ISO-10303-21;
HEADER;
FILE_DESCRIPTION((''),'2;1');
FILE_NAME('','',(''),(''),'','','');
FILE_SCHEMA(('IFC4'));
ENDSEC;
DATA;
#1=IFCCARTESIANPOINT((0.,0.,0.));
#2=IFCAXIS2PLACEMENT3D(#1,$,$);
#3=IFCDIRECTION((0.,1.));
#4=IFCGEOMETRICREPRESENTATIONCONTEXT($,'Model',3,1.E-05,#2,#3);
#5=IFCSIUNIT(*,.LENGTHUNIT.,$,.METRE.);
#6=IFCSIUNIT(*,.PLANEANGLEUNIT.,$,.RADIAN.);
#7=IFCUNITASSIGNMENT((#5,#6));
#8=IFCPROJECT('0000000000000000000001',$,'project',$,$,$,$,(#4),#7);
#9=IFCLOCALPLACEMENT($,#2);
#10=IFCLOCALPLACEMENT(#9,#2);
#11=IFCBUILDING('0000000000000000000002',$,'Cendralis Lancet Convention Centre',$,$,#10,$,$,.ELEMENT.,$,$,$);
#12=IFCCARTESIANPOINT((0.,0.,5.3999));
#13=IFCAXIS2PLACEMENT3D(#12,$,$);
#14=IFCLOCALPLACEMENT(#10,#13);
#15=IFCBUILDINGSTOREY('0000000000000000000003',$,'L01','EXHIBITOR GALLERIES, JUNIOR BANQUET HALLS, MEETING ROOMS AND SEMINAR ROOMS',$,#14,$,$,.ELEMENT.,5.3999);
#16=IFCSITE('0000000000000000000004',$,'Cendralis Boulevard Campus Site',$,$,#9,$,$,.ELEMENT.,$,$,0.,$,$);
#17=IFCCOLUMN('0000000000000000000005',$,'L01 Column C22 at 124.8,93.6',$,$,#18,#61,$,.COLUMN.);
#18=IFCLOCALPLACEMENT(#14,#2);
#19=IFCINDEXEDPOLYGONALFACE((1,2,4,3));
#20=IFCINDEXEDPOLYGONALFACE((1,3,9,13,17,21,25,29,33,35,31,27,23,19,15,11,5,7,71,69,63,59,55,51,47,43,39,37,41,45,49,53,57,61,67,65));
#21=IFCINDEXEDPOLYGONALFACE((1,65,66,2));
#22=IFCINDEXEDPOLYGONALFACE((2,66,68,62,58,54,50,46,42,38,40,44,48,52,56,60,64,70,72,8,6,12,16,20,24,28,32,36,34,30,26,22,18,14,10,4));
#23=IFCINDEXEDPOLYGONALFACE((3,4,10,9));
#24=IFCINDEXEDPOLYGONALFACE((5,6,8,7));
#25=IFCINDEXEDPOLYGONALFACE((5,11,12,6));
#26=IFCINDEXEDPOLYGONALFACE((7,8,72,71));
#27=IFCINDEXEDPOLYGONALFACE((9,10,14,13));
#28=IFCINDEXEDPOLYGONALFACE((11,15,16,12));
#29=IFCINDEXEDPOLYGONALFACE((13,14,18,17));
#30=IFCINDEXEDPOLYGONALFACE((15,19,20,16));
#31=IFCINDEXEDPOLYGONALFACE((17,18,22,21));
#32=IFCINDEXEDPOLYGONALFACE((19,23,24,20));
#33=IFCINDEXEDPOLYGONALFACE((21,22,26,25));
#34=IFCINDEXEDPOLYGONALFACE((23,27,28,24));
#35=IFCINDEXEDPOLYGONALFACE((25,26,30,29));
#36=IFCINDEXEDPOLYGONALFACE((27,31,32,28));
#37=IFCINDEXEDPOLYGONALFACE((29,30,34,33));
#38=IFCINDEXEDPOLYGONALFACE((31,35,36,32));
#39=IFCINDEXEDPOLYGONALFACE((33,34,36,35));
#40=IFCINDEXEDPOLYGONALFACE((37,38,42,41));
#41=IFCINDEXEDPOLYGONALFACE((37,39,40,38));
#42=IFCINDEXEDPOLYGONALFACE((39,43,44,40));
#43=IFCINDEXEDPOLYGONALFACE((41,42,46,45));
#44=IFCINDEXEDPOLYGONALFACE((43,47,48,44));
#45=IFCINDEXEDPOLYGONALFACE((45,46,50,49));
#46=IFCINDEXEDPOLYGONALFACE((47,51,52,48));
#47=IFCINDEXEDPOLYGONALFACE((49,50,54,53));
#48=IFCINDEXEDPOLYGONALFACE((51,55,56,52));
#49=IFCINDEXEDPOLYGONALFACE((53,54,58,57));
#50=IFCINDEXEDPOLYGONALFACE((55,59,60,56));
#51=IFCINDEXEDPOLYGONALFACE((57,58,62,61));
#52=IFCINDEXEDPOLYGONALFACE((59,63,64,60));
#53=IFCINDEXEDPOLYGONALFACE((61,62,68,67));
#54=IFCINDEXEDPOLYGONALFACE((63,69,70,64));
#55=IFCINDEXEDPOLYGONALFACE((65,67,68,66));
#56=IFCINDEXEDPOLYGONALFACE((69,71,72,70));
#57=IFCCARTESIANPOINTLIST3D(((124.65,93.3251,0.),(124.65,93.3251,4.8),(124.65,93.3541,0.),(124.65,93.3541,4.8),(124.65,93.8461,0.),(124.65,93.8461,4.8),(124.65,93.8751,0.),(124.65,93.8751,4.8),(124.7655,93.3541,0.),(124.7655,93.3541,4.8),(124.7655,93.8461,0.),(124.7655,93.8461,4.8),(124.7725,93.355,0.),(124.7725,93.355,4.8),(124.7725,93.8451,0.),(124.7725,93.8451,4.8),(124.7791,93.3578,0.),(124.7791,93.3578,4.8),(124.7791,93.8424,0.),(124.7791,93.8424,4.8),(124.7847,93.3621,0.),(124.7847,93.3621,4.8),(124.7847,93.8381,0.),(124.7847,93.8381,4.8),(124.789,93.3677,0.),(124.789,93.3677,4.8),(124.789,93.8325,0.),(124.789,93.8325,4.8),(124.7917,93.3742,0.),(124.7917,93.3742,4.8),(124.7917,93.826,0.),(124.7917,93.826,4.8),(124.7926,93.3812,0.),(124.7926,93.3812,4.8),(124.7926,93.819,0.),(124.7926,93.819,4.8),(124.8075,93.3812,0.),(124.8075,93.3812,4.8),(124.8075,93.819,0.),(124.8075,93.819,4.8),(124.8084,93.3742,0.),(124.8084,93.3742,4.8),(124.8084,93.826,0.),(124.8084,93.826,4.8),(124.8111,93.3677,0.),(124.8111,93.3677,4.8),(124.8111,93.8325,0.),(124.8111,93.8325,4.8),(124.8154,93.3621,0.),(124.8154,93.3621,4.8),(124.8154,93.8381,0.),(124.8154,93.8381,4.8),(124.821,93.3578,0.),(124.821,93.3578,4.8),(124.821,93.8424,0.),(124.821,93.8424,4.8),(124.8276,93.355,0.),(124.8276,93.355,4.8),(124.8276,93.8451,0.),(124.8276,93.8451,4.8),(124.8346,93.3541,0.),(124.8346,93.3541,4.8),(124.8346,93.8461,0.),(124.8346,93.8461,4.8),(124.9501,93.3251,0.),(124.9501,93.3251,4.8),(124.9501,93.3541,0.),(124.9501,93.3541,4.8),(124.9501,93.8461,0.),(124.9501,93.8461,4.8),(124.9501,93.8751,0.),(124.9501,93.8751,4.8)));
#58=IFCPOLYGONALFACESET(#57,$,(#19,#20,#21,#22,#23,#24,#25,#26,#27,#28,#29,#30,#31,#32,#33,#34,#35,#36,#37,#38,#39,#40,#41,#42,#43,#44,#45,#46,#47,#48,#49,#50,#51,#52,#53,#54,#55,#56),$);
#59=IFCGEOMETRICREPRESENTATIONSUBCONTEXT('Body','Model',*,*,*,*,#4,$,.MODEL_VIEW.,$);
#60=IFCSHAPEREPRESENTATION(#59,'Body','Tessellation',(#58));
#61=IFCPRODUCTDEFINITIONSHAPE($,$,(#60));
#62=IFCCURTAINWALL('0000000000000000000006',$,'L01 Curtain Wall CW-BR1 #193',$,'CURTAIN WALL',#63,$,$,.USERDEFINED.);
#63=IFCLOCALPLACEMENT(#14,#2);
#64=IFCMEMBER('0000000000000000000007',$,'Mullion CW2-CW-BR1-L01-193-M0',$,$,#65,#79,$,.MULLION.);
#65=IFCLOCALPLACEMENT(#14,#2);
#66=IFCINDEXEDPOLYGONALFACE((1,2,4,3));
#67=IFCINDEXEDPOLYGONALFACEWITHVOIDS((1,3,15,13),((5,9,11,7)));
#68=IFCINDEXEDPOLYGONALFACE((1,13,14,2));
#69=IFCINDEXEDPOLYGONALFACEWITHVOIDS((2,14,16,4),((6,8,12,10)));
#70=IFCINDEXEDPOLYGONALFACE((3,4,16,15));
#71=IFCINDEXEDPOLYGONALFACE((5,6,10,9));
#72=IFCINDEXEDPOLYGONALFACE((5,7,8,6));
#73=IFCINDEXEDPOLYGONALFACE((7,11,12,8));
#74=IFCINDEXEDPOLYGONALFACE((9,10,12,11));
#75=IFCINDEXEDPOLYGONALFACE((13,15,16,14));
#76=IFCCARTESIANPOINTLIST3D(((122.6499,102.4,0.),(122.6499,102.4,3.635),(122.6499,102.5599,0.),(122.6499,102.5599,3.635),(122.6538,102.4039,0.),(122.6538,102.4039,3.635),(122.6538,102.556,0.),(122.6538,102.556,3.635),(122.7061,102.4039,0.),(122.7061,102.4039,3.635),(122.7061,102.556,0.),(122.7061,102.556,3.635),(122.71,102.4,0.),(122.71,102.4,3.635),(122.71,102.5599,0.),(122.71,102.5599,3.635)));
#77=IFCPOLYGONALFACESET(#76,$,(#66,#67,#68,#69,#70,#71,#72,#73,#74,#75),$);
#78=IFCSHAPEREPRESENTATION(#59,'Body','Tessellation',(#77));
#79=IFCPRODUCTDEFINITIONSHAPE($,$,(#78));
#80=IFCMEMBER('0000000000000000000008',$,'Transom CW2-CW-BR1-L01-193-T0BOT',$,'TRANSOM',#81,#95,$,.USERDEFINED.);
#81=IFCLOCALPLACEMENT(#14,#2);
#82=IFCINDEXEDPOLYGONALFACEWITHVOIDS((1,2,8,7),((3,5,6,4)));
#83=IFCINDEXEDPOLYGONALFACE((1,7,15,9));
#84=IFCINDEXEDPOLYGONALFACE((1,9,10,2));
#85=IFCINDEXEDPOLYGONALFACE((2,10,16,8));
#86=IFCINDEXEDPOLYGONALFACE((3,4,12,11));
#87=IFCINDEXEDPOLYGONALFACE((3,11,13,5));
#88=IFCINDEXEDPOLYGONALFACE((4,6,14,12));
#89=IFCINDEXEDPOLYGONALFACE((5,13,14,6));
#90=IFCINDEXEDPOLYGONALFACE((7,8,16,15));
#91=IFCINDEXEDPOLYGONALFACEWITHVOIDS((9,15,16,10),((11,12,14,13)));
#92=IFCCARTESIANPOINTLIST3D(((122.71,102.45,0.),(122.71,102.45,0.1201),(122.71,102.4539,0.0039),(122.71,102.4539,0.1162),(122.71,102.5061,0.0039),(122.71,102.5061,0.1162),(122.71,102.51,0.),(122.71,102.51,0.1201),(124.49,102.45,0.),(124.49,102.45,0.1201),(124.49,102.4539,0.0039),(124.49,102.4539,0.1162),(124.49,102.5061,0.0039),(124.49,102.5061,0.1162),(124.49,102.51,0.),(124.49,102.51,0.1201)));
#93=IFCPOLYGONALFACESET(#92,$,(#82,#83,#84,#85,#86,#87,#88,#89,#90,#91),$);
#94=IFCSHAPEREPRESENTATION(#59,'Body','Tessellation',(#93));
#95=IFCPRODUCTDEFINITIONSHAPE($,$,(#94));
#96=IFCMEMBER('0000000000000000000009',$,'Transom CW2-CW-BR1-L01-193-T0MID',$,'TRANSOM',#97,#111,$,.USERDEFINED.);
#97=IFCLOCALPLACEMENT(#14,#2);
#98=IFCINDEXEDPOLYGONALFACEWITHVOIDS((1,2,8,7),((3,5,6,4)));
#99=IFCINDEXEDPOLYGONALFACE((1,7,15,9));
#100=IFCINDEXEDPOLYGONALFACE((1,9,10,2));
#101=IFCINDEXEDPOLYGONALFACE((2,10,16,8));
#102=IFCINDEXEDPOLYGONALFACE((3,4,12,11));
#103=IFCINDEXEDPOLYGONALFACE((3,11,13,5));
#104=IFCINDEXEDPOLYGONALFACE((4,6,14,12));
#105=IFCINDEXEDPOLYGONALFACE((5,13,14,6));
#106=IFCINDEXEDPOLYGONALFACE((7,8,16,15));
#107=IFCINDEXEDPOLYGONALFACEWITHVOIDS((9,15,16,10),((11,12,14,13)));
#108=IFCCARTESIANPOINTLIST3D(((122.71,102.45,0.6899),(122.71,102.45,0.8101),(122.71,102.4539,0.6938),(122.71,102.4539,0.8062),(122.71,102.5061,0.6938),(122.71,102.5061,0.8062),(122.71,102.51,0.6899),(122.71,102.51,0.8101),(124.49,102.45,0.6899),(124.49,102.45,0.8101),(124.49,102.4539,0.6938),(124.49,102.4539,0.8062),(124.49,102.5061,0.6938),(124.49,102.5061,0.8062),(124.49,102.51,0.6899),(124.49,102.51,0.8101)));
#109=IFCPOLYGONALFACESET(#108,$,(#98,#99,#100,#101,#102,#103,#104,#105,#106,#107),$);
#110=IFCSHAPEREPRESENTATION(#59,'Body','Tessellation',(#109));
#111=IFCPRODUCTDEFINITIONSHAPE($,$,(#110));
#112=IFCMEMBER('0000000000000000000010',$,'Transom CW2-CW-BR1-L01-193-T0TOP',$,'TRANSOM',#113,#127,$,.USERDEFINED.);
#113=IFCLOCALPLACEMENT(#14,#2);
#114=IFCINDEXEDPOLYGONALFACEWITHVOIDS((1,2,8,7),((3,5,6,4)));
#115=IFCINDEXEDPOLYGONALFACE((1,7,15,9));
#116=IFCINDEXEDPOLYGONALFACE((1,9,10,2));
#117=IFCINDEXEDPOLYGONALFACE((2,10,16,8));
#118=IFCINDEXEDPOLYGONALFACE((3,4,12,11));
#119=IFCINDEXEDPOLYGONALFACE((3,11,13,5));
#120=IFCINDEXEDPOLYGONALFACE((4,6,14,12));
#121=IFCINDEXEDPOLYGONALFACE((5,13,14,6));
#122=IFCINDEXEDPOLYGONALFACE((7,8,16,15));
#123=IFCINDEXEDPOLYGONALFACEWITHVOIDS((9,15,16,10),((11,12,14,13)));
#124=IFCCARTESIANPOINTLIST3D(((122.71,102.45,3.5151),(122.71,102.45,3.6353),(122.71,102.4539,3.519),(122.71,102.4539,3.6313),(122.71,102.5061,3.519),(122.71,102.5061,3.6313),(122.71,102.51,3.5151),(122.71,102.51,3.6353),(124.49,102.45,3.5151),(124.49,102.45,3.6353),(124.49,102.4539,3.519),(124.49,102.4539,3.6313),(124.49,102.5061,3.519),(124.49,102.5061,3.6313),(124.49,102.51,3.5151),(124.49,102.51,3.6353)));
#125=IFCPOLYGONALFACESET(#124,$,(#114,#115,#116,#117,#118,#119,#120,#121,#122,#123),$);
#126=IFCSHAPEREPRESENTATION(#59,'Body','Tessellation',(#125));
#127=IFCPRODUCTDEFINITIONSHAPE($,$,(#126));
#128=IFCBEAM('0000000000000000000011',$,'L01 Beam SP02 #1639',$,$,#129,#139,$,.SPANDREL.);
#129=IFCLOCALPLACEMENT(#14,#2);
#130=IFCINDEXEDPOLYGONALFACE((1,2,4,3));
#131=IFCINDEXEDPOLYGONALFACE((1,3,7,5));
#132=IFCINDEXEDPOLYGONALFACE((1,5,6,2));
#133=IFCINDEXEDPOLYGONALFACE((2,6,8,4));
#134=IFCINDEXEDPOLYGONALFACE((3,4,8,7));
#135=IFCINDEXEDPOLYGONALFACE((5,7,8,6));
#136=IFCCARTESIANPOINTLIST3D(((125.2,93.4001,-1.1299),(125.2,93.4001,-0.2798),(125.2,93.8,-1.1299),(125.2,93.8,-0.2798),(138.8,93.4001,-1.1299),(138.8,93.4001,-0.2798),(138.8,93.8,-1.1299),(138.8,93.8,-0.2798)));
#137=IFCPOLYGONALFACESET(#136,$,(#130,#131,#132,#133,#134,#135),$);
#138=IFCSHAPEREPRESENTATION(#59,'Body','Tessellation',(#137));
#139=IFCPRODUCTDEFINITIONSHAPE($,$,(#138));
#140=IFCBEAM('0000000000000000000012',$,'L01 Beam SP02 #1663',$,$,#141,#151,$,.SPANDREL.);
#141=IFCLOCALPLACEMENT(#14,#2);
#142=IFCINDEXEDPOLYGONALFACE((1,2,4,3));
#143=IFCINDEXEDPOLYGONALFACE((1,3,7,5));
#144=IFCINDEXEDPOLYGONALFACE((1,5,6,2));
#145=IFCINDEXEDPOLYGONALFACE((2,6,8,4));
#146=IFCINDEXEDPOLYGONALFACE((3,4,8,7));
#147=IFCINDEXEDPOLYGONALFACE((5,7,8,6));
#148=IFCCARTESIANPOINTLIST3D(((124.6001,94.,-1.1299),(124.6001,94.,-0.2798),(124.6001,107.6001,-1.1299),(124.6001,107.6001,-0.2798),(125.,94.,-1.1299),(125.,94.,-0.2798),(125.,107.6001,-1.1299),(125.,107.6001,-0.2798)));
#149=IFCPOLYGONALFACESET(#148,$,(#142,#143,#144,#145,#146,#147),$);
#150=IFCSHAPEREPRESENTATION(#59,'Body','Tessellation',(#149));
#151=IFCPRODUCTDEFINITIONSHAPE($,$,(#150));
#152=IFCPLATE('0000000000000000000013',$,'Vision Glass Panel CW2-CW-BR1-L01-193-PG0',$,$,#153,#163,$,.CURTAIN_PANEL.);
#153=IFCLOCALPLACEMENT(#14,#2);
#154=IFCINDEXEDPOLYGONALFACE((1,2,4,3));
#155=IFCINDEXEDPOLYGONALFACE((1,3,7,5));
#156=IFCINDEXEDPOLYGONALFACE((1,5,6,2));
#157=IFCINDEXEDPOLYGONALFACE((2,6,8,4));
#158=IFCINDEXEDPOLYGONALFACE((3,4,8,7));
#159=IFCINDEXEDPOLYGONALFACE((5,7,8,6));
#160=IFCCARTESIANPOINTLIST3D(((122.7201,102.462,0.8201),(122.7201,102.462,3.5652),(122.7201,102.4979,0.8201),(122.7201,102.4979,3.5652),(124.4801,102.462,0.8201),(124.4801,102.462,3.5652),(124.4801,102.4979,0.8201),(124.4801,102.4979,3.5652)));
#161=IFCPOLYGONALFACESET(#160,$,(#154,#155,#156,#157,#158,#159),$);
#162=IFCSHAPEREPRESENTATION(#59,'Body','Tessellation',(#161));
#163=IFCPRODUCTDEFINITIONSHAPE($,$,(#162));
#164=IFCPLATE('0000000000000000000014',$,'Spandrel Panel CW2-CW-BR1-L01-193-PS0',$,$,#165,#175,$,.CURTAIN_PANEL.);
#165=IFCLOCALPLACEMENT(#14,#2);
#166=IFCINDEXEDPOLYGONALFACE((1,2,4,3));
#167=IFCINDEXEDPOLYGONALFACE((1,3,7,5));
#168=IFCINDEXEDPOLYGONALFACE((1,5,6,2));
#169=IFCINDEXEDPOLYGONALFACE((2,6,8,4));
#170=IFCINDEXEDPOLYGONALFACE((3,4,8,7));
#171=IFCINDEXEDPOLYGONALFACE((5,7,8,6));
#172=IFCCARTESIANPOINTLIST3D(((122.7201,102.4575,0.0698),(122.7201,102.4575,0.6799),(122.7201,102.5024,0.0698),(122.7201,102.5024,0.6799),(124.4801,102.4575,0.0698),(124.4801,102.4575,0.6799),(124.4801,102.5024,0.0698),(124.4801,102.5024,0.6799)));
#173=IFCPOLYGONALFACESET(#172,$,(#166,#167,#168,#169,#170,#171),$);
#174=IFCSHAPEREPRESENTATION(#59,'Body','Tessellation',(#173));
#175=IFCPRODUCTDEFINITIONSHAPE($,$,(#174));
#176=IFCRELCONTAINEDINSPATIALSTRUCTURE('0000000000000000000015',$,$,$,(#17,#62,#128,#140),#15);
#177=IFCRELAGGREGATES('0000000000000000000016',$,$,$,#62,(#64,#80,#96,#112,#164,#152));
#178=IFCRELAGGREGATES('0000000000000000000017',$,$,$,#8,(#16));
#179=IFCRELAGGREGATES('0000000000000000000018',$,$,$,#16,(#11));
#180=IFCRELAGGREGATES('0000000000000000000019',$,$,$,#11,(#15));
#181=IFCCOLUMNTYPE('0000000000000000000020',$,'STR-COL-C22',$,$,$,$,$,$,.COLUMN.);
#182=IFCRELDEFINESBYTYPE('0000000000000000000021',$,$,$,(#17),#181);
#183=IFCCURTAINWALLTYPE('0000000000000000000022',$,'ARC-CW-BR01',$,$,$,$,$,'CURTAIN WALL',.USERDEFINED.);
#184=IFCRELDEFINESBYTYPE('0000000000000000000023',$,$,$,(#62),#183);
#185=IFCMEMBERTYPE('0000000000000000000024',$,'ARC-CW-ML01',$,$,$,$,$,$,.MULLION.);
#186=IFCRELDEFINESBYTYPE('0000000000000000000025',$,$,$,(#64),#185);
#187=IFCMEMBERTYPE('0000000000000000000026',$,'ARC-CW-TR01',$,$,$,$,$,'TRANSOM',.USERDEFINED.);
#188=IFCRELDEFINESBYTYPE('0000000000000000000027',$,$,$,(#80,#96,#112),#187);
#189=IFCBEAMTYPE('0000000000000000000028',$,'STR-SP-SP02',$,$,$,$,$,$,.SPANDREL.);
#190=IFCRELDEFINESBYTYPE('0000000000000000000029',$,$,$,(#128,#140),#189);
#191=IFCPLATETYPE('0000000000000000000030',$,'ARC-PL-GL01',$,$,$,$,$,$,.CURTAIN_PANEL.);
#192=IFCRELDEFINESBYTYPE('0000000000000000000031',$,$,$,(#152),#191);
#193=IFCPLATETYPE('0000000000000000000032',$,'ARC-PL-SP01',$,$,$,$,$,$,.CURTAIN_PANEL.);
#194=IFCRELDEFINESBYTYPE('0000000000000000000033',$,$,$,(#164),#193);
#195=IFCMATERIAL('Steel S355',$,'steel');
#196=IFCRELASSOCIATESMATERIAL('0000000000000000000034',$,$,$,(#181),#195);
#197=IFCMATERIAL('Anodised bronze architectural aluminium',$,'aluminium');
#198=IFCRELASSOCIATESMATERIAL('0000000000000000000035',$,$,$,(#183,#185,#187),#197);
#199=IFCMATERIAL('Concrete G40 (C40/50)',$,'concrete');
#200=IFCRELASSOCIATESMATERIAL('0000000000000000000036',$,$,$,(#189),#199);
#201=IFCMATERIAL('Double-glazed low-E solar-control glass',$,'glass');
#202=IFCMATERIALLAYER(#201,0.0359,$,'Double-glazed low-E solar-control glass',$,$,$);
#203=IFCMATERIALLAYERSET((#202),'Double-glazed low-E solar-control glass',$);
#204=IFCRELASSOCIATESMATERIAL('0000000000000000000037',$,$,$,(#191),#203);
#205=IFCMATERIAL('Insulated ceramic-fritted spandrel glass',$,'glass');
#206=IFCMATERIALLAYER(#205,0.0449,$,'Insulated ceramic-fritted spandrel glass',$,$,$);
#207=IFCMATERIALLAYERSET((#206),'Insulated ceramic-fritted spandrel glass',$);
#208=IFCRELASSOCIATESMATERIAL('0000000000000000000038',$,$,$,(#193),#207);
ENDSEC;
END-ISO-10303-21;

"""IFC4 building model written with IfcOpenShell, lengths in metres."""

from ifc_helpers import new_model, si_unit, direction, frame, origin, origin_2d, place, context, subcontext, project, spatial, rectangle, hollow_rectangle, i_section, extrude, material, layer, layer_set, material_profile, profile_set, type_object, element, aggregate, save


model = new_model("IFC4")

# Units and contexts
model_context = context("Model", 3, precision=1e-05, world=origin(), true_north=direction((0.0, 1.0)))
body_context = subcontext(model_context, "Body", "Model", "MODEL_VIEW")
ifc_project = project(units=[si_unit("LENGTHUNIT", "METRE"), si_unit("PLANEANGLEUNIT", "RADIAN")], contexts=[model_context])

# Site, building, storey
site_placement = place(None, origin())
site = spatial("IfcSite", under=ifc_project, at=site_placement, Name="Cendralis Boulevard Campus Site", CompositionType="ELEMENT", RefElevation=0.0)
building_placement = place(site_placement, origin())
building = spatial("IfcBuilding", under=site, at=building_placement, Name="Cendralis Lancet Convention Centre", CompositionType="ELEMENT")
storey_placement = place(building_placement, frame((0.0, 0.0, 5.3999)))
storey = spatial("IfcBuildingStorey", under=building, at=storey_placement, Name="L01", Description="EXHIBITOR GALLERIES, JUNIOR BANQUET HALLS, MEETING ROOMS AND SEMINAR ROOMS", CompositionType="ELEMENT", Elevation=5.3999)

# Column
ifc_material_1 = material(Name="Steel S355", Category="steel")
ifc_material_profile_1 = material_profile(ifc_material_1, i_section(OverallWidth=0.3, OverallDepth=0.55, WebThickness=0.0149, FlangeThickness=0.0291, FilletRadius=0.0271, at=origin_2d()), Name="HEB 550")
ifc_profile_set_1 = profile_set([ifc_material_profile_1], Name="Steel S355")
column_type = type_object("IfcColumnType", Name="STR-COL-C22", PredefinedType="COLUMN", material=ifc_profile_set_1)
column_placement = place(storey_placement, frame((124.8, 93.6001, 0.0), z_axis=(0.0, 0.0, 1.0), x_axis=(1.0, 0.0, 0.0)))
element("IfcColumn", 1, at=column_placement, inside=storey, type_object=column_type, Name="L01 Column C22 at 124.8,93.6", PredefinedType="COLUMN", context=body_context, shape_type="SweptSolid", body=[
    extrude(i_section(OverallWidth=0.3, OverallDepth=0.55, WebThickness=0.0149, FlangeThickness=0.0291, FilletRadius=0.0271, at=origin_2d()), origin(), (0.0, 0.0, 1.0), 4.8),
])

# Curtain wall, members
ifc_material_2 = material(Name="Anodised bronze architectural aluminium", Category="aluminium")
curtain_wall_type = type_object("IfcCurtainWallType", Name="ARC-CW-BR01", ElementType="CURTAIN WALL", PredefinedType="USERDEFINED", material=ifc_material_2)
curtain_wall_placement = place(storey_placement, origin())
curtain_wall = element("IfcCurtainWall", 2, at=curtain_wall_placement, inside=storey, type_object=curtain_wall_type, Name="L01 Curtain Wall CW-BR1 #193", ObjectType="CURTAIN WALL", PredefinedType="USERDEFINED")
ifc_material_profile_2 = material_profile(ifc_material_2, hollow_rectangle(XDim=0.0601, YDim=0.1599, WallThickness=0.0039, at=origin_2d()), Name="AL-MULL 60x160x4.0")
ifc_profile_set_2 = profile_set([ifc_material_profile_2], Name="Anodised bronze architectural aluminium")
member_type_1 = type_object("IfcMemberType", Name="ARC-CW-ML01", PredefinedType="MULLION", material=ifc_profile_set_2)
member_1_placement = place(storey_placement, frame((122.6799, 102.48, 0.0), z_axis=(0.0, 0.0, 1.0), x_axis=(1.0, 0.0, 0.0)))
member_1 = element("IfcMember", 3, at=member_1_placement, type_object=member_type_1, Name="Mullion CW2-CW-BR1-L01-193-M0", PredefinedType="MULLION", context=body_context, shape_type="SweptSolid", body=[
    extrude(hollow_rectangle(XDim=0.0601, YDim=0.1599, WallThickness=0.0039, at=origin_2d()), origin(), (0.0, 0.0, 1.0), 3.635),
])
ifc_material_profile_3 = material_profile(ifc_material_2, hollow_rectangle(XDim=0.0601, YDim=0.1201, WallThickness=0.0039, at=origin_2d()), Name="AL-TRAN 60x120x4.0")
ifc_profile_set_3 = profile_set([ifc_material_profile_3], Name="Anodised bronze architectural aluminium")
member_type_2 = type_object("IfcMemberType", Name="ARC-CW-TR01", ElementType="TRANSOM", PredefinedType="USERDEFINED", material=ifc_profile_set_3)
member_2_placement = place(storey_placement, frame((122.71, 102.48, 0.0601), z_axis=(1.0, 0.0, 0.0), x_axis=(0.0, 1.0, 0.0)))
member_2 = element("IfcMember", 4, at=member_2_placement, type_object=member_type_2, Name="Transom CW2-CW-BR1-L01-193-T0BOT", ObjectType="TRANSOM", PredefinedType="USERDEFINED", context=body_context, shape_type="SweptSolid", body=[
    extrude(hollow_rectangle(XDim=0.0601, YDim=0.1201, WallThickness=0.0039, at=origin_2d()), origin(), (0.0, 0.0, 1.0), 1.78),
])
member_3_placement = place(storey_placement, frame((122.71, 102.48, 0.75), z_axis=(1.0, 0.0, 0.0), x_axis=(0.0, 1.0, 0.0)))
member_3 = element("IfcMember", 5, at=member_3_placement, type_object=member_type_2, Name="Transom CW2-CW-BR1-L01-193-T0MID", ObjectType="TRANSOM", PredefinedType="USERDEFINED", context=body_context, shape_type="SweptSolid", body=[
    extrude(hollow_rectangle(XDim=0.0601, YDim=0.1201, WallThickness=0.0039, at=origin_2d()), origin(), (0.0, 0.0, 1.0), 1.78),
])
member_4_placement = place(storey_placement, frame((122.71, 102.48, 3.5752), z_axis=(1.0, 0.0, 0.0), x_axis=(0.0, 1.0, 0.0)))
member_4 = element("IfcMember", 6, at=member_4_placement, type_object=member_type_2, Name="Transom CW2-CW-BR1-L01-193-T0TOP", ObjectType="TRANSOM", PredefinedType="USERDEFINED", context=body_context, shape_type="SweptSolid", body=[
    extrude(hollow_rectangle(XDim=0.0601, YDim=0.1201, WallThickness=0.0039, at=origin_2d()), origin(), (0.0, 0.0, 1.0), 1.78),
])

# Beams
ifc_material_3 = material(Name="Concrete G40 (C40/50)", Category="concrete")
ifc_material_profile_4 = material_profile(ifc_material_3, rectangle(XDim=0.3999, YDim=0.8501, at=origin_2d()), Name="RCB 400x850")
ifc_profile_set_4 = profile_set([ifc_material_profile_4], Name="Concrete G40 (C40/50)")
beam_type = type_object("IfcBeamType", Name="STR-SP-SP02", PredefinedType="SPANDREL", material=ifc_profile_set_4)
for number, where, z_axis, x_axis, name in (
    (7, (125.2, 93.6001, -0.7048), (1.0, 0.0, 0.0), (0.0, 1.0, 0.0), "L01 Beam SP02 #1639"),
    (8, (124.8, 94.0, -0.7048), (0.0, 1.0, 0.0), (-1.0, 0.0, 0.0), "L01 Beam SP02 #1663"),
):
    element("IfcBeam", number, at=place(storey_placement, frame(where, z_axis=z_axis, x_axis=x_axis)), inside=storey, type_object=beam_type, Name=name, PredefinedType="SPANDREL", context=body_context, shape_type="SweptSolid", body=[
        extrude(rectangle(XDim=0.3999, YDim=0.8501, at=origin_2d()), origin(), (0.0, 0.0, 1.0), 13.6001),
    ])

# Plates
ifc_material_4 = material(Name="Double-glazed low-E solar-control glass", Category="glass")
ifc_layer_1 = layer(ifc_material_4, 0.0359, Name="Double-glazed low-E solar-control glass")
ifc_layer_set_1 = layer_set([ifc_layer_1], Name="Double-glazed low-E solar-control glass")
plate_type_1 = type_object("IfcPlateType", Name="ARC-PL-GL01", PredefinedType="CURTAIN_PANEL", material=ifc_layer_set_1)
plate_1_placement = place(storey_placement, frame((123.6001, 102.48, 0.8201), z_axis=(0.0, 0.0, 1.0), x_axis=(1.0, 0.0, 0.0)))
plate_1 = element("IfcPlate", 9, at=plate_1_placement, type_object=plate_type_1, Name="Vision Glass Panel CW2-CW-BR1-L01-193-PG0", PredefinedType="CURTAIN_PANEL", context=body_context, shape_type="SweptSolid", body=[
    extrude(rectangle(XDim=1.76, YDim=0.0359, at=origin_2d()), origin(), (0.0, 0.0, 1.0), 2.7451),
])
ifc_material_5 = material(Name="Insulated ceramic-fritted spandrel glass", Category="glass")
ifc_layer_2 = layer(ifc_material_5, 0.0449, Name="Insulated ceramic-fritted spandrel glass")
ifc_layer_set_2 = layer_set([ifc_layer_2], Name="Insulated ceramic-fritted spandrel glass")
plate_type_2 = type_object("IfcPlateType", Name="ARC-PL-SP01", PredefinedType="CURTAIN_PANEL", material=ifc_layer_set_2)
plate_2_placement = place(storey_placement, frame((123.6001, 102.48, 0.0698), z_axis=(0.0, 0.0, 1.0), x_axis=(1.0, 0.0, 0.0)))
plate_2 = element("IfcPlate", 10, at=plate_2_placement, type_object=plate_type_2, Name="Spandrel Panel CW2-CW-BR1-L01-193-PS0", PredefinedType="CURTAIN_PANEL", context=body_context, shape_type="SweptSolid", body=[
    extrude(rectangle(XDim=1.76, YDim=0.0449, at=origin_2d()), origin(), (0.0, 0.0, 1.0), 0.6101),
])
aggregate(curtain_wall, [member_1, member_2, member_3, member_4, plate_2, plate_1])

save(model, "model.ifc")
